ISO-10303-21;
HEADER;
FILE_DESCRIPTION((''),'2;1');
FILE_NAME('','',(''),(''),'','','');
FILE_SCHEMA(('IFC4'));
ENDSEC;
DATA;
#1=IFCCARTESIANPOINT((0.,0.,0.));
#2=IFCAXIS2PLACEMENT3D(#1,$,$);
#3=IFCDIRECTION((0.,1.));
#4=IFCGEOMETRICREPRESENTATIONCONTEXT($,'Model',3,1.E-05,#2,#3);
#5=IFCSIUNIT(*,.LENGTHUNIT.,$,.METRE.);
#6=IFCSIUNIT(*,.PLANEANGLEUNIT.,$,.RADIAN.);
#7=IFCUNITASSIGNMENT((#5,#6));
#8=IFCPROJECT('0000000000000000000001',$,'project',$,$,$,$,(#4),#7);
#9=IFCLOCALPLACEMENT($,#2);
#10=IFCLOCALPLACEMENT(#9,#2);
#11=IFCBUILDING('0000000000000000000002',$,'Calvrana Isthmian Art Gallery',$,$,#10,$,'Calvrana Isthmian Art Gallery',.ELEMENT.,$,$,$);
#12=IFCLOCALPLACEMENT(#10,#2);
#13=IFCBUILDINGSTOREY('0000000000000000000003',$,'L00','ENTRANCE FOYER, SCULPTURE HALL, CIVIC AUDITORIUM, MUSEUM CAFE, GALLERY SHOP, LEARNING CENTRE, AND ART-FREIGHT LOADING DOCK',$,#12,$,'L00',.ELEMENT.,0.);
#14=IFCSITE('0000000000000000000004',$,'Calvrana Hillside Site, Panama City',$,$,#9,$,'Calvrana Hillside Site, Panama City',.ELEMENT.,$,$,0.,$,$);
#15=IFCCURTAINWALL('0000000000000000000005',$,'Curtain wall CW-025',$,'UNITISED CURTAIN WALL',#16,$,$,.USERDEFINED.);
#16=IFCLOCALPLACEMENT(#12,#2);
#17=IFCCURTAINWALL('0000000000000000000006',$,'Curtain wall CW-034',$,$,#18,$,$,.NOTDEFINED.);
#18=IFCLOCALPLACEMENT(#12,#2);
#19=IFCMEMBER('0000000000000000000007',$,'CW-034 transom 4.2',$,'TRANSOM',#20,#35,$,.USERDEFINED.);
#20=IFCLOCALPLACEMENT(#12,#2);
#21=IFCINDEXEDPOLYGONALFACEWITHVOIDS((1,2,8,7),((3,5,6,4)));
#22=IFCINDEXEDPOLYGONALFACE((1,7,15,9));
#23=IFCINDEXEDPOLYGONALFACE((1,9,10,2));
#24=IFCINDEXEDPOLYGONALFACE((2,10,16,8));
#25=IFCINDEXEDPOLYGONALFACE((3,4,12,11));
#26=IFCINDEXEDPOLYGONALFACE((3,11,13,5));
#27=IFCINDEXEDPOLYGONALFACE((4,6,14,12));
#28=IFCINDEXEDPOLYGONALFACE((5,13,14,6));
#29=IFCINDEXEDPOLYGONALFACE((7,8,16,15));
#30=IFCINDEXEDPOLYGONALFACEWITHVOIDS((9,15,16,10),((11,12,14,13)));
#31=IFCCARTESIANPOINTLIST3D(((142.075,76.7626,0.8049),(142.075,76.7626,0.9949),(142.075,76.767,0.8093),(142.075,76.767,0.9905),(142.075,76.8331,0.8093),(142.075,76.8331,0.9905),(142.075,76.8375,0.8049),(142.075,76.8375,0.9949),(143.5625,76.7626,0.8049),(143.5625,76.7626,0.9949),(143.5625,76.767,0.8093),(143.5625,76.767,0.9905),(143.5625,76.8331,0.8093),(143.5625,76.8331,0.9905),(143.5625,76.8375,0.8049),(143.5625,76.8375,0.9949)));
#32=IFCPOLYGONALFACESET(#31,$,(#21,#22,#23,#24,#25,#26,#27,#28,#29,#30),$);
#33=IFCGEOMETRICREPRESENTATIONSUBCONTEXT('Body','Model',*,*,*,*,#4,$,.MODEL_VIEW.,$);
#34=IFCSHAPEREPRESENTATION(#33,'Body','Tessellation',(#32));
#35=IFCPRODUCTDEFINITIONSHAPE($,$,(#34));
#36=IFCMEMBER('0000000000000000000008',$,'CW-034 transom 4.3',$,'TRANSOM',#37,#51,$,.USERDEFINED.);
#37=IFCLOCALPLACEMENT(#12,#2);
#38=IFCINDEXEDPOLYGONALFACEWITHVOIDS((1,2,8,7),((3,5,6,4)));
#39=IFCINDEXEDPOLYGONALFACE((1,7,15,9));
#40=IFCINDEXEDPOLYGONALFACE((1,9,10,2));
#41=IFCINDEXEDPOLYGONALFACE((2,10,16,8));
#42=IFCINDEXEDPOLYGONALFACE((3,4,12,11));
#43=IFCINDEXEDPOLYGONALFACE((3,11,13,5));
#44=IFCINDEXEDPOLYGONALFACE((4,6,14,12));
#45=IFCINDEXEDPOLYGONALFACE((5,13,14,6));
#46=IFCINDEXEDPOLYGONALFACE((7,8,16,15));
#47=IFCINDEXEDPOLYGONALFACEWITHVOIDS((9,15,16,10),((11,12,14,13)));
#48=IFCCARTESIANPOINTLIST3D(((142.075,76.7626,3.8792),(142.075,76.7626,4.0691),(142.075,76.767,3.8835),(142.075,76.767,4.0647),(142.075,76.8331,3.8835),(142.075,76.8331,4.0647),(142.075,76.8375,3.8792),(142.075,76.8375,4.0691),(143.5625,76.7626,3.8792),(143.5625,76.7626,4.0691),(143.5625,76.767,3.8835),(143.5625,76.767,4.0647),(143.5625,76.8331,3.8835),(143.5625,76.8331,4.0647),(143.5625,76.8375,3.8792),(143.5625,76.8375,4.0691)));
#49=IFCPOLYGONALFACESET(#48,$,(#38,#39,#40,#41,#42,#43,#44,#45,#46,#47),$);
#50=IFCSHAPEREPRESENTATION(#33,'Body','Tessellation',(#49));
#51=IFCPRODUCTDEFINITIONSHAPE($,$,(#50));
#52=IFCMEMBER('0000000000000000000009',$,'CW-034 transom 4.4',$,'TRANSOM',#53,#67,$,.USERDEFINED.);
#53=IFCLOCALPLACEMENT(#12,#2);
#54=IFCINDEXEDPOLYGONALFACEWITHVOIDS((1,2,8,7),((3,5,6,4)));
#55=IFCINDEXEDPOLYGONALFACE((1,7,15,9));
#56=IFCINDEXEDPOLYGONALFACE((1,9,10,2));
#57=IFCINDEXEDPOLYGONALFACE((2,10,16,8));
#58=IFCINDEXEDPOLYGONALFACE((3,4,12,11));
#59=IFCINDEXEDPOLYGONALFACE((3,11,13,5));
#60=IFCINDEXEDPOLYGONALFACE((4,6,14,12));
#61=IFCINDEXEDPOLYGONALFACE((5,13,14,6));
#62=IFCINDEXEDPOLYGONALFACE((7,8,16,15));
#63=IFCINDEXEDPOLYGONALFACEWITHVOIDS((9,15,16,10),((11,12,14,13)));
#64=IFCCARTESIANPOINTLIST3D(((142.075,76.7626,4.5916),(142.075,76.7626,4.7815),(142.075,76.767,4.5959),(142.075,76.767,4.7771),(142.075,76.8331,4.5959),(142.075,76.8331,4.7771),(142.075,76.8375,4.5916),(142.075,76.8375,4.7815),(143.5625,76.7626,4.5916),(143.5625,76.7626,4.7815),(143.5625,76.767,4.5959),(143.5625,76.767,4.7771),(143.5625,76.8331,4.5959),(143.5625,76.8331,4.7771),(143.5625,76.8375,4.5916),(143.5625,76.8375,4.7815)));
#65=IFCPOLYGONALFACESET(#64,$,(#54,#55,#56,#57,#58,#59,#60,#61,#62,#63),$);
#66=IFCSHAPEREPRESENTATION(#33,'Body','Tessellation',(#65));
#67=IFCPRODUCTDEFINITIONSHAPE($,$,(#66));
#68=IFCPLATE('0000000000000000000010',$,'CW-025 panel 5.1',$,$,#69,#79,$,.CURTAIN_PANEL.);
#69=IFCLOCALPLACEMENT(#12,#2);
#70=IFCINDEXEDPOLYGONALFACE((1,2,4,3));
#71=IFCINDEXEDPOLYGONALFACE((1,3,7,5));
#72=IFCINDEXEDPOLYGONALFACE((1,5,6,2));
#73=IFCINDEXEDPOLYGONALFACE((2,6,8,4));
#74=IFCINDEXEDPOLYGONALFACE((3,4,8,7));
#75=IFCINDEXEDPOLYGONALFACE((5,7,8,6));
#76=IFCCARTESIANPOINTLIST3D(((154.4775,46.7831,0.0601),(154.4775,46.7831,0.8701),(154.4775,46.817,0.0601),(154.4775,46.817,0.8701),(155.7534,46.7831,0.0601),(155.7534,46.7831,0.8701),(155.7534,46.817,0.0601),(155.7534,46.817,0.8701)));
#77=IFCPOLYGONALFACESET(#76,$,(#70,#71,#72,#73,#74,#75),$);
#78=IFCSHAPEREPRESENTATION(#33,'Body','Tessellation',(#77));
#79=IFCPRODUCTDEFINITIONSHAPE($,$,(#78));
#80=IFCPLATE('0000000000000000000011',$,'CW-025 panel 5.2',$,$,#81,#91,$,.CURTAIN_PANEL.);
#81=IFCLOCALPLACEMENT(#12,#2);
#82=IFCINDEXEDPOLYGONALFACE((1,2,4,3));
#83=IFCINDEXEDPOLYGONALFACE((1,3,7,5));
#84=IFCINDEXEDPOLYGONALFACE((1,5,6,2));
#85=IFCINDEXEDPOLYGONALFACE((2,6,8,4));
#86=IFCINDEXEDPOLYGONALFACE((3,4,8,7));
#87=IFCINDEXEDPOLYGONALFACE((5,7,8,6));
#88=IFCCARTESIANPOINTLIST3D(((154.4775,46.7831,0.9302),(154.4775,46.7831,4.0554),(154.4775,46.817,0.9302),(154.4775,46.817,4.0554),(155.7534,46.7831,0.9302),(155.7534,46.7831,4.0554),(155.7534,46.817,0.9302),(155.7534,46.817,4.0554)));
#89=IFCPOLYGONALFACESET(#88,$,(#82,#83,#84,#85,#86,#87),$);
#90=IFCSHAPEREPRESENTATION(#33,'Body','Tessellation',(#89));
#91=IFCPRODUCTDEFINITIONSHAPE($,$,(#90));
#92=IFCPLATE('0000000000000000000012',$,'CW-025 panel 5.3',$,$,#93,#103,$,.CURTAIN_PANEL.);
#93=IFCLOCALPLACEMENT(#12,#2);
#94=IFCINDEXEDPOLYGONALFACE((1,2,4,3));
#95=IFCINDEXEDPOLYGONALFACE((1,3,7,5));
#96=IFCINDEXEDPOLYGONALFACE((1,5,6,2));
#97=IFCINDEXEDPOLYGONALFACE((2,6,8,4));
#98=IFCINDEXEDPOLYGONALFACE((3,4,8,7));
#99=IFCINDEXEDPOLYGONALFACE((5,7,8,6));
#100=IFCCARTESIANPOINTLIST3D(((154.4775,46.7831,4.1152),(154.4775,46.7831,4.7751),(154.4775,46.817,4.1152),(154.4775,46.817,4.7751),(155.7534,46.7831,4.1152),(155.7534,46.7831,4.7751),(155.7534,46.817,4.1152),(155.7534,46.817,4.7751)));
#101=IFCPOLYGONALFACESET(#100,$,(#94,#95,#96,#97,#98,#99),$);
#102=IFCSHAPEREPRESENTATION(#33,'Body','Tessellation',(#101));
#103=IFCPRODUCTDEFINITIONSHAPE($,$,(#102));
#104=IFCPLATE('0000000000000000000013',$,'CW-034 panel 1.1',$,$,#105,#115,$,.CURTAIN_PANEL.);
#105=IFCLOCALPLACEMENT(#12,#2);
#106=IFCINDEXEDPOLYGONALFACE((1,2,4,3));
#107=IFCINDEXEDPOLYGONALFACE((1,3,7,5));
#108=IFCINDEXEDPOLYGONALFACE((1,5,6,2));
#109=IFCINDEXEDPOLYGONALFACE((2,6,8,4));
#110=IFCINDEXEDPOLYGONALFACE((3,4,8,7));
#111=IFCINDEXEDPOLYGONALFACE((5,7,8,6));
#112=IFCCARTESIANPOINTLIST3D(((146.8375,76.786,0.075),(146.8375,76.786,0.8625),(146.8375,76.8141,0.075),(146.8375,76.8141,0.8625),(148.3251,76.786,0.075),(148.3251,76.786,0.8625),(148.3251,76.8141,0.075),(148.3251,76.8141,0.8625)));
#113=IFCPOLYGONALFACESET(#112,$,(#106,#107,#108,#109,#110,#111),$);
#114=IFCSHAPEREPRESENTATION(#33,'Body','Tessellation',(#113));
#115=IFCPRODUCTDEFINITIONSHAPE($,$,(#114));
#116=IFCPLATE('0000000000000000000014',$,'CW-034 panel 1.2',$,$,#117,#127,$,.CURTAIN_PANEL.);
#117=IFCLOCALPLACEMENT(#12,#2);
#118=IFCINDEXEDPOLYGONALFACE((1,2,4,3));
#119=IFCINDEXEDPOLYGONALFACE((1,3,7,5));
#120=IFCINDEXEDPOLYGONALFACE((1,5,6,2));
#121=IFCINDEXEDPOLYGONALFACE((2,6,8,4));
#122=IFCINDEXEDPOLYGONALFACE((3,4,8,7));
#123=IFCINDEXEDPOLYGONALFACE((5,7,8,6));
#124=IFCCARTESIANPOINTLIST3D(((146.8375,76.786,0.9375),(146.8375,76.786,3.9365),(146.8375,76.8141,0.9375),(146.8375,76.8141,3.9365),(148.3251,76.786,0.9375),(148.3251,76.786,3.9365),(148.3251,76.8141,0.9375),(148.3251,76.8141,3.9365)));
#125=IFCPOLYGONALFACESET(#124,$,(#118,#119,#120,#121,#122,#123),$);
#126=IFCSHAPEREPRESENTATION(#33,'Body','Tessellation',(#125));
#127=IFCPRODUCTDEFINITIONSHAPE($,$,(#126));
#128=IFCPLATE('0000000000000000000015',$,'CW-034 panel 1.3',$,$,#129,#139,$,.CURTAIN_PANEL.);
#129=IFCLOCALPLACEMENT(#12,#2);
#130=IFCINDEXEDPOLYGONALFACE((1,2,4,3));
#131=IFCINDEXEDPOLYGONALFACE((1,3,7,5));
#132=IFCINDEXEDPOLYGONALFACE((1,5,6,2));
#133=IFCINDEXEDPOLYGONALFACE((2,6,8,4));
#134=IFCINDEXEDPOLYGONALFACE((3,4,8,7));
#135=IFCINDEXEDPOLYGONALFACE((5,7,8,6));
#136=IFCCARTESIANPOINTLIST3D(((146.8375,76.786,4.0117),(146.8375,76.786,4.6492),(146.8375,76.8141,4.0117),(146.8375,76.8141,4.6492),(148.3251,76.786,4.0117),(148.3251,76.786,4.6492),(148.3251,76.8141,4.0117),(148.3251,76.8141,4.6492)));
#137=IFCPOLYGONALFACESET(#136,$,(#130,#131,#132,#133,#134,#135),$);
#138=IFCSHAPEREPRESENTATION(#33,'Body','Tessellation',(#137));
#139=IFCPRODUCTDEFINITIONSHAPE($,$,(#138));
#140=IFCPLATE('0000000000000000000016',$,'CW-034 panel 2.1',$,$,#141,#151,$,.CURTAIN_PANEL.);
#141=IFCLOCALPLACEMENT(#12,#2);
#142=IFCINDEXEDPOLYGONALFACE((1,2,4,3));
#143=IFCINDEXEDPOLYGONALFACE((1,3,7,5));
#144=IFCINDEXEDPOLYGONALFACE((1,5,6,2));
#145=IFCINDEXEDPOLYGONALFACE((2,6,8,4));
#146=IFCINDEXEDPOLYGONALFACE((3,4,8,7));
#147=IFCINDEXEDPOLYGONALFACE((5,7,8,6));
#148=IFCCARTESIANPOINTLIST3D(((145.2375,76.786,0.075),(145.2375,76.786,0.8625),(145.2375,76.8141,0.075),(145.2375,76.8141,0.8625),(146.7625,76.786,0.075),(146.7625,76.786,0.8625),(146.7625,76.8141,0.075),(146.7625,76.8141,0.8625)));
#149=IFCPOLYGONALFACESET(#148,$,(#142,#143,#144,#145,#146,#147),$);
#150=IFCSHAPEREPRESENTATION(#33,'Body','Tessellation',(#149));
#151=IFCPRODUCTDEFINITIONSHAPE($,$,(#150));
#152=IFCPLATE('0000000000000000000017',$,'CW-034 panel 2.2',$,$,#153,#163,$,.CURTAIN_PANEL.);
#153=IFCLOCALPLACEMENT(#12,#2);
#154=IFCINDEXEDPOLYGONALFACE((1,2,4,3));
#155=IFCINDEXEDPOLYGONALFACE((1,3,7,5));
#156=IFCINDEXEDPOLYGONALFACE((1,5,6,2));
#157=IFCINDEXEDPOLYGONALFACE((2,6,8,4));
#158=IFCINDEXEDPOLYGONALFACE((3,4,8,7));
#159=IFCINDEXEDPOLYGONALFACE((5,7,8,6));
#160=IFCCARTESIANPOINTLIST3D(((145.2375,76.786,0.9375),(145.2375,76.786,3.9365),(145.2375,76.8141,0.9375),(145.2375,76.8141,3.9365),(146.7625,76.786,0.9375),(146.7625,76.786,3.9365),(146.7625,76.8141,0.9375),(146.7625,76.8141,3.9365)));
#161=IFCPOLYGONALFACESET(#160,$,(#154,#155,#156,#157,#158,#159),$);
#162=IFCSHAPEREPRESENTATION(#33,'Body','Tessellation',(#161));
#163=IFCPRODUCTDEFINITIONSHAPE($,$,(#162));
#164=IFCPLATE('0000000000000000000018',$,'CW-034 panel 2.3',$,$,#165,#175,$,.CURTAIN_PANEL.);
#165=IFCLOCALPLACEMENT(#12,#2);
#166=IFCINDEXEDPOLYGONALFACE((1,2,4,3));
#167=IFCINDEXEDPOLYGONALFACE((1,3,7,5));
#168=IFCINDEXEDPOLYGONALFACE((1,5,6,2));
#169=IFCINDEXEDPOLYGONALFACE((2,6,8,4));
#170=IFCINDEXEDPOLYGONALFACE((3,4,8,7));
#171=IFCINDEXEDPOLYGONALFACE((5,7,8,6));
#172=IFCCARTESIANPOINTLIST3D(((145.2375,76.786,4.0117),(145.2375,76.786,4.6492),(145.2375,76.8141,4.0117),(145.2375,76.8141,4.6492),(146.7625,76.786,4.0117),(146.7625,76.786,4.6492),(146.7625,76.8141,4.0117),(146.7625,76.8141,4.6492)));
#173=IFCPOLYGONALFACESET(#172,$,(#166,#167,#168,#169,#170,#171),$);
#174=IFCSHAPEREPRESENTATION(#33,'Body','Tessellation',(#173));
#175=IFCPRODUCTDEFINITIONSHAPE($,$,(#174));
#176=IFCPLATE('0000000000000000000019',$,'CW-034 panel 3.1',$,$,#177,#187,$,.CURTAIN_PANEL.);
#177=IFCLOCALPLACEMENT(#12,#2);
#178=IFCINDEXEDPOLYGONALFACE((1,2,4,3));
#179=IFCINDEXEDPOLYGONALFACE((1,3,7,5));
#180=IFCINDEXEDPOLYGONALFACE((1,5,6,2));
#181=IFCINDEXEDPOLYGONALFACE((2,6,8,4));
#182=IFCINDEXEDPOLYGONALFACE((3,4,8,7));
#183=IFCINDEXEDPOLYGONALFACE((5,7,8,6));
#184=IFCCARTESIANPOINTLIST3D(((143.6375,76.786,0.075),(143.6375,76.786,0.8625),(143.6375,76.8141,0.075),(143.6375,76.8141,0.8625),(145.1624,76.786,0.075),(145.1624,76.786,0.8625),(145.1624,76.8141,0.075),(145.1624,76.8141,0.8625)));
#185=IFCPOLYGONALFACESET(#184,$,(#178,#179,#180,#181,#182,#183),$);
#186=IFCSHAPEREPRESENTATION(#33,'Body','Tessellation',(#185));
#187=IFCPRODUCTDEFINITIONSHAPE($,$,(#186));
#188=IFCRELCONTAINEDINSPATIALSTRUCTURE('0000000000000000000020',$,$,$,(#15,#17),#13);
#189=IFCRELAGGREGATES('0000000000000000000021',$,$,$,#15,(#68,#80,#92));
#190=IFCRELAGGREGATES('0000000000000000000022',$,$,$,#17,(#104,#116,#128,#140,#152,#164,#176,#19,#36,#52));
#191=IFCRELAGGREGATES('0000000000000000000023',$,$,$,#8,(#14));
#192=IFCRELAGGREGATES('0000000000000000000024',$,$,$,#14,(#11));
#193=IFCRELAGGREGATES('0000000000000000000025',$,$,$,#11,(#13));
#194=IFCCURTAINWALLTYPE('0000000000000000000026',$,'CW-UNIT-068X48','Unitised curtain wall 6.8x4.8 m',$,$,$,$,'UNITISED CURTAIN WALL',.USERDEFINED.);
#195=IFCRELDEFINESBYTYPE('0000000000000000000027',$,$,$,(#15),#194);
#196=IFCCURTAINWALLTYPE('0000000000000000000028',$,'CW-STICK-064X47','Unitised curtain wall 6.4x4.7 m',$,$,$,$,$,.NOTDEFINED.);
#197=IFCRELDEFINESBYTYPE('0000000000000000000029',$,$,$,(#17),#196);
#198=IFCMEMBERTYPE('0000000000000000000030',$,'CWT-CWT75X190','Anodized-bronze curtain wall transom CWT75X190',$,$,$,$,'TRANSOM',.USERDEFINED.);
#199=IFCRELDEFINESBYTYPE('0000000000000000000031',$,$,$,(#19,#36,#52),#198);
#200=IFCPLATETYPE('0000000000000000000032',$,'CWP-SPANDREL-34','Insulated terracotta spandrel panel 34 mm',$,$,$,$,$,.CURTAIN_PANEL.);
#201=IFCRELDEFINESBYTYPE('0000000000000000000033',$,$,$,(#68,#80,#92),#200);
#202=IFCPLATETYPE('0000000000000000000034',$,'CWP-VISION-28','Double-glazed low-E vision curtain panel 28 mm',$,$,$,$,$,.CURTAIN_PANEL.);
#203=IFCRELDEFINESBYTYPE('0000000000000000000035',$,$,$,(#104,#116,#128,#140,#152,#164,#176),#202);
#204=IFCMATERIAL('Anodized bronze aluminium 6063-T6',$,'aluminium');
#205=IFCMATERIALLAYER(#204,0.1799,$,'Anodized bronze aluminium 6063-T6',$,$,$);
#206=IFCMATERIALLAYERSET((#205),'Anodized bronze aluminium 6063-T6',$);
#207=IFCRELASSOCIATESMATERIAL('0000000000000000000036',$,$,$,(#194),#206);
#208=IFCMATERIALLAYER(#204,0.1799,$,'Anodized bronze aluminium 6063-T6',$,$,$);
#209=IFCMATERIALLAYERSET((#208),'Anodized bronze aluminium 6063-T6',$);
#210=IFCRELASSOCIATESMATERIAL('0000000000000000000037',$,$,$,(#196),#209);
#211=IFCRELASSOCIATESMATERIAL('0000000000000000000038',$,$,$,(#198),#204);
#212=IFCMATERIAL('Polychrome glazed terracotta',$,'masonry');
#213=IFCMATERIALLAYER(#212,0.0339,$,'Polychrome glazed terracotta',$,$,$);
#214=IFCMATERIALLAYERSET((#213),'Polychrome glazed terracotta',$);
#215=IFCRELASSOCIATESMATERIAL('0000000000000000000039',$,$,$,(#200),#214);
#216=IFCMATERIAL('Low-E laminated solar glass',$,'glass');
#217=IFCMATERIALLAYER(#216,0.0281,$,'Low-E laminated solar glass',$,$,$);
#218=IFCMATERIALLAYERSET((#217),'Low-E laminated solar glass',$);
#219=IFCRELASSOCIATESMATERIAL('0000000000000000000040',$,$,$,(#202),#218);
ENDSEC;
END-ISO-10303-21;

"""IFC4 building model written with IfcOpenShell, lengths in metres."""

from ifc_helpers import new_model, si_unit, direction, frame, origin, origin_2d, place, context, subcontext, project, spatial, rectangle, hollow_rectangle, extrude, material, layer, layer_set, material_profile, profile_set, type_object, element, aggregate, save


model = new_model("IFC4")

# Units and contexts
model_context = context("Model", 3, precision=1e-05, world=origin(), true_north=direction((0.0, 1.0)))
body_context = subcontext(model_context, "Body", "Model", "MODEL_VIEW")
ifc_project = project(units=[si_unit("LENGTHUNIT", "METRE"), si_unit("PLANEANGLEUNIT", "RADIAN")], contexts=[model_context])

# Site, building, storey
site_placement = place(None, origin())
site = spatial("IfcSite", under=ifc_project, at=site_placement, Name="Calvrana Hillside Site, Panama City", LongName="Calvrana Hillside Site, Panama City", CompositionType="ELEMENT", RefElevation=0.0)
building_placement = place(site_placement, origin())
building = spatial("IfcBuilding", under=site, at=building_placement, Name="Calvrana Isthmian Art Gallery", LongName="Calvrana Isthmian Art Gallery", CompositionType="ELEMENT")
storey_placement = place(building_placement, origin())
storey = spatial("IfcBuildingStorey", under=building, at=storey_placement, Name="L00", Description="ENTRANCE FOYER, SCULPTURE HALL, CIVIC AUDITORIUM, MUSEUM CAFE, GALLERY SHOP, LEARNING CENTRE, AND ART-FREIGHT LOADING DOCK", LongName="L00", CompositionType="ELEMENT", Elevation=0.0)

# Curtain wall
ifc_material_1 = material(Name="Anodized bronze aluminium 6063-T6", Category="aluminium")
ifc_layer_1 = layer(ifc_material_1, 0.1799, Name="Anodized bronze aluminium 6063-T6")
ifc_layer_set_1 = layer_set([ifc_layer_1], Name="Anodized bronze aluminium 6063-T6")
curtain_wall_type_1 = type_object("IfcCurtainWallType", Name="CW-UNIT-068X48", Description="Unitised curtain wall 6.8x4.8 m", ElementType="UNITISED CURTAIN WALL", PredefinedType="USERDEFINED", material=ifc_layer_set_1)
curtain_wall_1_placement = place(storey_placement, origin())
curtain_wall_1 = element("IfcCurtainWall", 1, at=curtain_wall_1_placement, inside=storey, type_object=curtain_wall_type_1, Name="Curtain wall CW-025", ObjectType="UNITISED CURTAIN WALL", PredefinedType="USERDEFINED")

# Curtain wall
ifc_layer_2 = layer(ifc_material_1, 0.1799, Name="Anodized bronze aluminium 6063-T6")
ifc_layer_set_2 = layer_set([ifc_layer_2], Name="Anodized bronze aluminium 6063-T6")
curtain_wall_type_2 = type_object("IfcCurtainWallType", Name="CW-STICK-064X47", Description="Unitised curtain wall 6.4x4.7 m", PredefinedType="NOTDEFINED", material=ifc_layer_set_2)
curtain_wall_2_placement = place(storey_placement, origin())
curtain_wall_2 = element("IfcCurtainWall", 2, at=curtain_wall_2_placement, inside=storey, type_object=curtain_wall_type_2, Name="Curtain wall CW-034", PredefinedType="NOTDEFINED")

# Members
ifc_material_profile_1 = material_profile(ifc_material_1, hollow_rectangle(XDim=0.075, YDim=0.1899, WallThickness=0.0044, at=origin_2d()), Name="CWT75X190")
ifc_profile_set_1 = profile_set([ifc_material_profile_1], Name="Anodized bronze aluminium 6063-T6")
member_type_1 = type_object("IfcMemberType", Name="CWT-CWT75X190", Description="Anodized-bronze curtain wall transom CWT75X190", ElementType="TRANSOM", PredefinedType="USERDEFINED", material=ifc_profile_set_1)
member_1_placement = place(storey_placement, frame((143.5625, 76.8, 0.8999), z_axis=(-1.0, 0.0, 0.0), x_axis=(0.0, -1.0, 0.0)))
member_1 = element("IfcMember", 3, at=member_1_placement, type_object=member_type_1, Name="CW-034 transom 4.2", ObjectType="TRANSOM", PredefinedType="USERDEFINED", context=body_context, shape_type="SweptSolid", body=[
    extrude(hollow_rectangle(XDim=0.075, YDim=0.1899, WallThickness=0.0044, at=origin_2d()), origin(), (0.0, 0.0, 1.0), 1.4875),
])
member_2_placement = place(storey_placement, frame((143.5625, 76.8, 3.9741), z_axis=(-1.0, 0.0, 0.0), x_axis=(0.0, -1.0, 0.0)))
member_2 = element("IfcMember", 4, at=member_2_placement, type_object=member_type_1, Name="CW-034 transom 4.3", ObjectType="TRANSOM", PredefinedType="USERDEFINED", context=body_context, shape_type="SweptSolid", body=[
    extrude(hollow_rectangle(XDim=0.075, YDim=0.1899, WallThickness=0.0044, at=origin_2d()), origin(), (0.0, 0.0, 1.0), 1.4875),
])
member_3_placement = place(storey_placement, frame((143.5625, 76.8, 4.6865), z_axis=(-1.0, 0.0, 0.0), x_axis=(0.0, -1.0, 0.0)))
member_3 = element("IfcMember", 5, at=member_3_placement, type_object=member_type_1, Name="CW-034 transom 4.4", ObjectType="TRANSOM", PredefinedType="USERDEFINED", context=body_context, shape_type="SweptSolid", body=[
    extrude(hollow_rectangle(XDim=0.075, YDim=0.1899, WallThickness=0.0044, at=origin_2d()), origin(), (0.0, 0.0, 1.0), 1.4875),
])

# Plates
ifc_material_2 = material(Name="Polychrome glazed terracotta", Category="masonry")
ifc_layer_3 = layer(ifc_material_2, 0.0339, Name="Polychrome glazed terracotta")
ifc_layer_set_3 = layer_set([ifc_layer_3], Name="Polychrome glazed terracotta")
plate_type_1 = type_object("IfcPlateType", Name="CWP-SPANDREL-34", Description="Insulated terracotta spandrel panel 34 mm", PredefinedType="CURTAIN_PANEL", material=ifc_layer_set_3)
plate_1_placement = place(storey_placement, frame((155.1155, 46.8, 0.0601), z_axis=(0.0, 0.0, 1.0), x_axis=(1.0, 0.0, 0.0)))
plate_1 = element("IfcPlate", 6, at=plate_1_placement, type_object=plate_type_1, Name="CW-025 panel 5.1", PredefinedType="CURTAIN_PANEL", context=body_context, shape_type="SweptSolid", body=[
    extrude(rectangle(XDim=1.2759, YDim=0.0339, at=origin_2d()), origin(), (0.0, 0.0, 1.0), 0.8101),
])
plate_2_placement = place(storey_placement, frame((155.1155, 46.8, 0.9302), z_axis=(0.0, 0.0, 1.0), x_axis=(1.0, 0.0, 0.0)))
plate_2 = element("IfcPlate", 7, at=plate_2_placement, type_object=plate_type_1, Name="CW-025 panel 5.2", PredefinedType="CURTAIN_PANEL", context=body_context, shape_type="SweptSolid", body=[
    extrude(rectangle(XDim=1.2759, YDim=0.0339, at=origin_2d()), origin(), (0.0, 0.0, 1.0), 3.1252),
])
plate_3_placement = place(storey_placement, frame((155.1155, 46.8, 4.1152), z_axis=(0.0, 0.0, 1.0), x_axis=(1.0, 0.0, 0.0)))
plate_3 = element("IfcPlate", 8, at=plate_3_placement, type_object=plate_type_1, Name="CW-025 panel 5.3", PredefinedType="CURTAIN_PANEL", context=body_context, shape_type="SweptSolid", body=[
    extrude(rectangle(XDim=1.2759, YDim=0.0339, at=origin_2d()), origin(), (0.0, 0.0, 1.0), 0.6599),
])
aggregate(curtain_wall_1, [plate_1, plate_2, plate_3])
ifc_material_3 = material(Name="Low-E laminated solar glass", Category="glass")
ifc_layer_4 = layer(ifc_material_3, 0.0281, Name="Low-E laminated solar glass")
ifc_layer_set_4 = layer_set([ifc_layer_4], Name="Low-E laminated solar glass")
plate_type_2 = type_object("IfcPlateType", Name="CWP-VISION-28", Description="Double-glazed low-E vision curtain panel 28 mm", PredefinedType="CURTAIN_PANEL", material=ifc_layer_set_4)
plate_4_placement = place(storey_placement, frame((147.5813, 76.8, 0.075), z_axis=(0.0, 0.0, 1.0), x_axis=(-1.0, 0.0, 0.0)))
plate_4 = element("IfcPlate", 9, at=plate_4_placement, type_object=plate_type_2, Name="CW-034 panel 1.1", PredefinedType="CURTAIN_PANEL", context=body_context, shape_type="SweptSolid", body=[
    extrude(rectangle(XDim=1.4875, YDim=0.0281, at=origin_2d()), origin(), (0.0, 0.0, 1.0), 0.7876),
])
plate_5_placement = place(storey_placement, frame((147.5813, 76.8, 0.9375), z_axis=(0.0, 0.0, 1.0), x_axis=(-1.0, 0.0, 0.0)))
plate_5 = element("IfcPlate", 10, at=plate_5_placement, type_object=plate_type_2, Name="CW-034 panel 1.2", PredefinedType="CURTAIN_PANEL", context=body_context, shape_type="SweptSolid", body=[
    extrude(rectangle(XDim=1.4875, YDim=0.0281, at=origin_2d()), origin(), (0.0, 0.0, 1.0), 2.999),
])
plate_6_placement = place(storey_placement, frame((147.5813, 76.8, 4.0117), z_axis=(0.0, 0.0, 1.0), x_axis=(-1.0, 0.0, 0.0)))
plate_6 = element("IfcPlate", 11, at=plate_6_placement, type_object=plate_type_2, Name="CW-034 panel 1.3", PredefinedType="CURTAIN_PANEL", context=body_context, shape_type="SweptSolid", body=[
    extrude(rectangle(XDim=1.4875, YDim=0.0281, at=origin_2d()), origin(), (0.0, 0.0, 1.0), 0.6375),
])
plate_7_placement = place(storey_placement, frame((146.0, 76.8, 0.075), z_axis=(0.0, 0.0, 1.0), x_axis=(-1.0, 0.0, 0.0)))
plate_7 = element("IfcPlate", 12, at=plate_7_placement, type_object=plate_type_2, Name="CW-034 panel 2.1", PredefinedType="CURTAIN_PANEL", context=body_context, shape_type="SweptSolid", body=[
    extrude(rectangle(XDim=1.5249, YDim=0.0281, at=origin_2d()), origin(), (0.0, 0.0, 1.0), 0.7876),
])
plate_8_placement = place(storey_placement, frame((146.0, 76.8, 0.9375), z_axis=(0.0, 0.0, 1.0), x_axis=(-1.0, 0.0, 0.0)))
plate_8 = element("IfcPlate", 13, at=plate_8_placement, type_object=plate_type_2, Name="CW-034 panel 2.2", PredefinedType="CURTAIN_PANEL", context=body_context, shape_type="SweptSolid", body=[
    extrude(rectangle(XDim=1.5249, YDim=0.0281, at=origin_2d()), origin(), (0.0, 0.0, 1.0), 2.999),
])
plate_9_placement = place(storey_placement, frame((146.0, 76.8, 4.0117), z_axis=(0.0, 0.0, 1.0), x_axis=(-1.0, 0.0, 0.0)))
plate_9 = element("IfcPlate", 14, at=plate_9_placement, type_object=plate_type_2, Name="CW-034 panel 2.3", PredefinedType="CURTAIN_PANEL", context=body_context, shape_type="SweptSolid", body=[
    extrude(rectangle(XDim=1.5249, YDim=0.0281, at=origin_2d()), origin(), (0.0, 0.0, 1.0), 0.6375),
])
plate_10_placement = place(storey_placement, frame((144.3999, 76.8, 0.075), z_axis=(0.0, 0.0, 1.0), x_axis=(-1.0, 0.0, 0.0)))
plate_10 = element("IfcPlate", 15, at=plate_10_placement, type_object=plate_type_2, Name="CW-034 panel 3.1", PredefinedType="CURTAIN_PANEL", context=body_context, shape_type="SweptSolid", body=[
    extrude(rectangle(XDim=1.5249, YDim=0.0281, at=origin_2d()), origin(), (0.0, 0.0, 1.0), 0.7876),
])
aggregate(curtain_wall_2, [plate_4, plate_5, plate_6, plate_7, plate_8, plate_9, plate_10, member_1, member_2, member_3])

save(model, "model.ifc")
